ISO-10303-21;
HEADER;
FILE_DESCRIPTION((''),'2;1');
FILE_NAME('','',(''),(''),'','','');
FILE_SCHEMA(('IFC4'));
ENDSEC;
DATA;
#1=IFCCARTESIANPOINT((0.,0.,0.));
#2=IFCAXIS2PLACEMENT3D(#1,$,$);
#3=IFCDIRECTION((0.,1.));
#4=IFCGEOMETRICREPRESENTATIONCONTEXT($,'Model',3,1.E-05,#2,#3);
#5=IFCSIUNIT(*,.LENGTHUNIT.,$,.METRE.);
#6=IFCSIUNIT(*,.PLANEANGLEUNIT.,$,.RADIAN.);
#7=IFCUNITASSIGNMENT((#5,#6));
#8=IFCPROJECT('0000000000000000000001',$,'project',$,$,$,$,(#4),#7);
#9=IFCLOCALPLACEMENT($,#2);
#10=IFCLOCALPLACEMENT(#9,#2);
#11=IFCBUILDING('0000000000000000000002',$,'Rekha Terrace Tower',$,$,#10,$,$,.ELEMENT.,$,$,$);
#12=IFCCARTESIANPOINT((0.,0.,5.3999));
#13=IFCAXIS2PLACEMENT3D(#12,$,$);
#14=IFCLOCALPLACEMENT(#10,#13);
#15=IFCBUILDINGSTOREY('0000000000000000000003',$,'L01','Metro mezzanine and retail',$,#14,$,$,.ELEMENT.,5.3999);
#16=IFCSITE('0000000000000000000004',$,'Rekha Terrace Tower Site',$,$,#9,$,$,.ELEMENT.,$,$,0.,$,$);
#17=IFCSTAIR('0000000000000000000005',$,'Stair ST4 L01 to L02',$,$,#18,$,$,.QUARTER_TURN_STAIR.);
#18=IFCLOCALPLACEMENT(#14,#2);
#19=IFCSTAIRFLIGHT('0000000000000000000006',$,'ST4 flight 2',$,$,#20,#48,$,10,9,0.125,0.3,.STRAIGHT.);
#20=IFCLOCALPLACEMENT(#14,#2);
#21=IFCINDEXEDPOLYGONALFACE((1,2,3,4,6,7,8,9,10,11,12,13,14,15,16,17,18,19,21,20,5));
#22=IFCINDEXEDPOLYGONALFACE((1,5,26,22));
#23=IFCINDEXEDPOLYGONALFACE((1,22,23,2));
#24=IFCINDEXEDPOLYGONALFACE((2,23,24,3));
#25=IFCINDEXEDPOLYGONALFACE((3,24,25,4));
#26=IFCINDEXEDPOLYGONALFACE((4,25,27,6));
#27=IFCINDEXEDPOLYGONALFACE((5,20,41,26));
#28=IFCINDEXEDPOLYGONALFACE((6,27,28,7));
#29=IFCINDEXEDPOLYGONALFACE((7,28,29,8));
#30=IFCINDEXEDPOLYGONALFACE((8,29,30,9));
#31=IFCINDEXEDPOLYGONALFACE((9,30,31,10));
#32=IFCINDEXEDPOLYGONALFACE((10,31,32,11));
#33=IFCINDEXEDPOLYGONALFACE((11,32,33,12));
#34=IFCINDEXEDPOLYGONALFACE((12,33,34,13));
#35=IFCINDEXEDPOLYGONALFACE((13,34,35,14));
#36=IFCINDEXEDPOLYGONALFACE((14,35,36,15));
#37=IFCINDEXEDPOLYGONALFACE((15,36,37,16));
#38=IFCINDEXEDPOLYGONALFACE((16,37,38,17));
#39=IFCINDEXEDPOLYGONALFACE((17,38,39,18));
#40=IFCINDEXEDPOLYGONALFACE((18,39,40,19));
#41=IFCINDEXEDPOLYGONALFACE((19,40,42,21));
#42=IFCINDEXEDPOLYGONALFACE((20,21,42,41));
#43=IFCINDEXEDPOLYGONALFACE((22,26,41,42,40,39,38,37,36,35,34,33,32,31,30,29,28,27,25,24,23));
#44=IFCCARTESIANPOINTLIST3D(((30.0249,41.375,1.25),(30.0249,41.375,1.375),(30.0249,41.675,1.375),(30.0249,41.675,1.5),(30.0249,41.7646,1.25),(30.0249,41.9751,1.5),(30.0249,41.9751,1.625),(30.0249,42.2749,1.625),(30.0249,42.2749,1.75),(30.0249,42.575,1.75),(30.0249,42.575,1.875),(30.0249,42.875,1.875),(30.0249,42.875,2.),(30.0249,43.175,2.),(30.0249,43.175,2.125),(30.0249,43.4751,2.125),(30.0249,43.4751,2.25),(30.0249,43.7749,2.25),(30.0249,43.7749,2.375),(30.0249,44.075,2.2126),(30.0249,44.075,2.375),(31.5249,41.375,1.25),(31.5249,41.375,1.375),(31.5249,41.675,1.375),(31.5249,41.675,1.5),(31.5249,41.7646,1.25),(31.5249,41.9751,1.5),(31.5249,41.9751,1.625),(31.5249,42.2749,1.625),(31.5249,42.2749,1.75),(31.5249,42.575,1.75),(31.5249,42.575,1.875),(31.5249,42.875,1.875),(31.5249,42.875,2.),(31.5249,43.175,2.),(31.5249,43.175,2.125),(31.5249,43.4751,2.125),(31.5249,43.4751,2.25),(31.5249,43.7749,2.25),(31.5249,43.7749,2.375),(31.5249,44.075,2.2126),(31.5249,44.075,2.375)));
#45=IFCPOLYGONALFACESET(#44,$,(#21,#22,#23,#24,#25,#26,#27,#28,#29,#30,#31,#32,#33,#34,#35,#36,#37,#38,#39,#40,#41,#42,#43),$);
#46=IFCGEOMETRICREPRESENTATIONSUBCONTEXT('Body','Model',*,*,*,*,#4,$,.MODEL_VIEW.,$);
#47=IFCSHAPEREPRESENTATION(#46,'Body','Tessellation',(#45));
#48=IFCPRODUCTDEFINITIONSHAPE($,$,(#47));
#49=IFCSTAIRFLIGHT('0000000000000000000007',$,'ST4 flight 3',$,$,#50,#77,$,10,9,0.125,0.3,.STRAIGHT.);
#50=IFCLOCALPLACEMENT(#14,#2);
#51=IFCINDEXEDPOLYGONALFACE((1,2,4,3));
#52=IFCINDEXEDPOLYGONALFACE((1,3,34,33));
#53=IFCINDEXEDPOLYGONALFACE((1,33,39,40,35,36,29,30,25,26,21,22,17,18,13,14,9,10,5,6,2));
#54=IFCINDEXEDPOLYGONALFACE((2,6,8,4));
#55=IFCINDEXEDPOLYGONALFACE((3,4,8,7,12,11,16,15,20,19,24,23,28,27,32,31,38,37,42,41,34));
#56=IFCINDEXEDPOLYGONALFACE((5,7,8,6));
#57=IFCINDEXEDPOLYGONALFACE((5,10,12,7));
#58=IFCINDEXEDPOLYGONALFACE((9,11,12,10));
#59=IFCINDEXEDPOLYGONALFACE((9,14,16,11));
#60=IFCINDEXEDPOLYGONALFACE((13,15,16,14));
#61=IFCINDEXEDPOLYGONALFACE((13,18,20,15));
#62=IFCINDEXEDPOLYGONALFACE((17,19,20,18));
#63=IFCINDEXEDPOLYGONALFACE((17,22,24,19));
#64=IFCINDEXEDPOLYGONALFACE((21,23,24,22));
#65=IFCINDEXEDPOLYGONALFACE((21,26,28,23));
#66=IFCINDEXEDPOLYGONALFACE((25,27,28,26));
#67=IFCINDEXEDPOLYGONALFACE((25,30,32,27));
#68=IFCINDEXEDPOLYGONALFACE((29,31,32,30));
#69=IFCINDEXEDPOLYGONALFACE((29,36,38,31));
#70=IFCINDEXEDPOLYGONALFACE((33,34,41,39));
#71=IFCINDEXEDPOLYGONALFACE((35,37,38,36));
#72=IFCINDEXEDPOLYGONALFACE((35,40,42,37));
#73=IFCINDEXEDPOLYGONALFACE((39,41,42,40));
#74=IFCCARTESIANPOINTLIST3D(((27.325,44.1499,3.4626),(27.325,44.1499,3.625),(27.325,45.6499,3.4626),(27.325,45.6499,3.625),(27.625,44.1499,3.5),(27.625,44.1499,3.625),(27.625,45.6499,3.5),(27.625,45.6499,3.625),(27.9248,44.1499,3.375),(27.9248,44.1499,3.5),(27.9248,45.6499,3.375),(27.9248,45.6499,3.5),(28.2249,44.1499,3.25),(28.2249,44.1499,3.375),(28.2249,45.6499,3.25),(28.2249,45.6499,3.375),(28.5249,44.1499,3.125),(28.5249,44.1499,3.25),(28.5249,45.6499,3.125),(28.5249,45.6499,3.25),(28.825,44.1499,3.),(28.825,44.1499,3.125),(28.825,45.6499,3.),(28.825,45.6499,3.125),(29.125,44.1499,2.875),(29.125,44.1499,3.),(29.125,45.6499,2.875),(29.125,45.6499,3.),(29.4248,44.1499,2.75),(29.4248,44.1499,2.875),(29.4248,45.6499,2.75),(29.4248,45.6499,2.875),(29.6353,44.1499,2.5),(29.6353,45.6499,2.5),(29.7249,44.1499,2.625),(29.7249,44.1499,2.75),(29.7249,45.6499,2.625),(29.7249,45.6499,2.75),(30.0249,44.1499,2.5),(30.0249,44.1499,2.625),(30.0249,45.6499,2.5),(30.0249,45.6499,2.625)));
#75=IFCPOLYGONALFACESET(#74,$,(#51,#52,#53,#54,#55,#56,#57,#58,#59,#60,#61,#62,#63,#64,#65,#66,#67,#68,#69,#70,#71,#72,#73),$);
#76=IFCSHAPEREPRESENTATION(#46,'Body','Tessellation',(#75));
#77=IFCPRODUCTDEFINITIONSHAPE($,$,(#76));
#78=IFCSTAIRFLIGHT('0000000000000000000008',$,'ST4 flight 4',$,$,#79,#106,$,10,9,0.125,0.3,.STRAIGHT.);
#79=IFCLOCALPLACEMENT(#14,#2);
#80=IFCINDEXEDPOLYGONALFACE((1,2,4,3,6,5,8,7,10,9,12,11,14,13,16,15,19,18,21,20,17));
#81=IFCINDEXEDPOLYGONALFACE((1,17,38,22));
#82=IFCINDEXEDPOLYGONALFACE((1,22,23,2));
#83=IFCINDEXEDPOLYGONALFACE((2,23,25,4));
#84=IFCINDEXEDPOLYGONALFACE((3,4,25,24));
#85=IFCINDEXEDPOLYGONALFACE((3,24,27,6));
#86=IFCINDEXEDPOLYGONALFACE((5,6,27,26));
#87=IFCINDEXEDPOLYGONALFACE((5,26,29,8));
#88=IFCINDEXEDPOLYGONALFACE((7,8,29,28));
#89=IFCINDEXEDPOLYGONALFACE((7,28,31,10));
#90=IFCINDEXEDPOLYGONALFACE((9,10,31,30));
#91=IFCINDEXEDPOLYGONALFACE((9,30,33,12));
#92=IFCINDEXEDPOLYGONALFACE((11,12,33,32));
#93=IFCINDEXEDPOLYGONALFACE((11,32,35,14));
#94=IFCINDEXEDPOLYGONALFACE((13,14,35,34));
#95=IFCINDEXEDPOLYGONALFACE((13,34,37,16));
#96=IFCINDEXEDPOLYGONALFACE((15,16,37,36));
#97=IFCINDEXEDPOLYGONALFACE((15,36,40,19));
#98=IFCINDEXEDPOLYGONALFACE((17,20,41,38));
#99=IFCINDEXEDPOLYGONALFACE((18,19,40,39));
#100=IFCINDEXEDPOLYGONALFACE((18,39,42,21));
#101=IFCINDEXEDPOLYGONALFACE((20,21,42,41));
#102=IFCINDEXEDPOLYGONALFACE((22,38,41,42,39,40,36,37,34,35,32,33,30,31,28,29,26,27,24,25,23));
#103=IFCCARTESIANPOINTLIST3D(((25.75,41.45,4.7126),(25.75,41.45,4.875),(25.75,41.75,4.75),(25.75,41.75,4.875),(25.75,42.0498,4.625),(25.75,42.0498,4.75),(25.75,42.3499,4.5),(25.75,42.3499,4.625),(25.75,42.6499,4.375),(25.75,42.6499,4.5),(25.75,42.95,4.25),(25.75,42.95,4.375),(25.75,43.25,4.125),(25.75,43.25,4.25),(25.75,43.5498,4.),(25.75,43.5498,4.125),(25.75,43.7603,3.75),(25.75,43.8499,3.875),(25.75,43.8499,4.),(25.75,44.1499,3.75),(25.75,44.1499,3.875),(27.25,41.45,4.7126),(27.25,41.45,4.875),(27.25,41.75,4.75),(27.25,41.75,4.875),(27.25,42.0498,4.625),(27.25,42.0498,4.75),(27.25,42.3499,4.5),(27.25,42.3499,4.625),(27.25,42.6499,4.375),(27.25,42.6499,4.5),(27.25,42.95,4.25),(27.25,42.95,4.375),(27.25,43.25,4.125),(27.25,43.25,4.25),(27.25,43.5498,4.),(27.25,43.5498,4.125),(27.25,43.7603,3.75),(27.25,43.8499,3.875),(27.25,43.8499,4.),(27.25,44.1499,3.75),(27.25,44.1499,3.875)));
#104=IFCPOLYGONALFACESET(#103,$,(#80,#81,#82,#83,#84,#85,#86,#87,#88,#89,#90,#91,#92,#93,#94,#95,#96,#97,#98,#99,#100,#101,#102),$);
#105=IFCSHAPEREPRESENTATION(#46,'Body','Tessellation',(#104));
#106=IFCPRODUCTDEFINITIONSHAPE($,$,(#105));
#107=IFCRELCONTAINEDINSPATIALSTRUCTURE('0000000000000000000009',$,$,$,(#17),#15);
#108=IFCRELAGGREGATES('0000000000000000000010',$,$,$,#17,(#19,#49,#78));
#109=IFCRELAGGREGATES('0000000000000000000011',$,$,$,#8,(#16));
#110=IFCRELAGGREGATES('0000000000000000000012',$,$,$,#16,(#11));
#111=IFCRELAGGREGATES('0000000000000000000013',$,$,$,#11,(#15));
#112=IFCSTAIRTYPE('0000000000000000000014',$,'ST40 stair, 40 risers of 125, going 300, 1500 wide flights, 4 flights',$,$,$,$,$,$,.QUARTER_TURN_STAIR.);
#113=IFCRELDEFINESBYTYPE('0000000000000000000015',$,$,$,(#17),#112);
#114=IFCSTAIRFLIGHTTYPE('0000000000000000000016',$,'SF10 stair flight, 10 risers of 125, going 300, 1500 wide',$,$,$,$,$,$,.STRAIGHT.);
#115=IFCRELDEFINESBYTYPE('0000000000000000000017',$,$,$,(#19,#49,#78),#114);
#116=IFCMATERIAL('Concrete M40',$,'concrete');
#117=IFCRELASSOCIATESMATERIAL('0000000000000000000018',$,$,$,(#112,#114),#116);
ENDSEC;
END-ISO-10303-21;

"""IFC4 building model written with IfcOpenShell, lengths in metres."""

from ifc_helpers import new_model, si_unit, direction, frame, origin, place, context, subcontext, project, spatial, polyline, outline, extrude, material, type_object, element, aggregate, save


model = new_model("IFC4")

# Units and contexts
model_context = context("Model", 3, precision=1e-05, world=origin(), true_north=direction((0.0, 1.0)))
body_context = subcontext(model_context, "Body", "Model", "MODEL_VIEW")
ifc_project = project(units=[si_unit("LENGTHUNIT", "METRE"), si_unit("PLANEANGLEUNIT", "RADIAN")], contexts=[model_context])

# Site, building, storey
site_placement = place(None, origin())
site = spatial("IfcSite", under=ifc_project, at=site_placement, Name="Rekha Terrace Tower Site", CompositionType="ELEMENT", RefElevation=0.0)
building_placement = place(site_placement, origin())
building = spatial("IfcBuilding", under=site, at=building_placement, Name="Rekha Terrace Tower", CompositionType="ELEMENT")
storey_placement = place(building_placement, frame((0.0, 0.0, 5.3999)))
storey = spatial("IfcBuildingStorey", under=building, at=storey_placement, Name="L01", Description="Metro mezzanine and retail", CompositionType="ELEMENT", Elevation=5.3999)

# Stair, stair flights
ifc_material_1 = material(Name="Concrete M40", Category="concrete")
stair_type = type_object("IfcStairType", Name="ST40 stair, 40 risers of 125, going 300, 1500 wide flights, 4 flights", PredefinedType="QUARTER_TURN_STAIR", material=ifc_material_1)
stair_placement = place(storey_placement, origin())
stair = element("IfcStair", 1, at=stair_placement, inside=storey, type_object=stair_type, Name="Stair ST4 L01 to L02", PredefinedType="QUARTER_TURN_STAIR")
stair_flight_type = type_object("IfcStairFlightType", Name="SF10 stair flight, 10 risers of 125, going 300, 1500 wide", PredefinedType="STRAIGHT", material=ifc_material_1)
stair_flight_1_placement = place(storey_placement, frame((30.7749, 41.375, 1.25), z_axis=(0.0, 0.0, 1.0), x_axis=(0.0, 1.0, 0.0)))
stair_flight_1 = element("IfcStairFlight", 2, at=stair_flight_1_placement, type_object=stair_flight_type, Name="ST4 flight 2", NumberOfRisers=10, NumberOfTreads=9, PredefinedType="STRAIGHT", RiserHeight=0.125, TreadLength=0.3, context=body_context, shape_type="SweptSolid", body=[
    extrude(outline(polyline([(0.0, 0.0), (0.0, 0.125), (0.3, 0.125), (0.3, 0.25), (0.6001, 0.25), (0.6001, 0.375), (0.8999, 0.375), (0.8999, 0.5), (1.2, 0.5), (1.2, 0.625), (1.5, 0.625), (1.5, 0.75), (1.8, 0.75), (1.8, 0.875), (2.1001, 0.875), (2.1001, 1.0), (2.3999, 1.0), (2.3999, 1.125), (2.7, 1.125), (2.7, 1.25), (2.7, 0.9626), (0.3896, 0.0), (0.0, 0.0)])), frame((0.0, 0.75, 0.0), z_axis=(0.0, -1.0, 0.0), x_axis=(1.0, 0.0, 0.0)), (0.0, 0.0, 1.0), 1.5),
])
stair_flight_2_placement = place(storey_placement, frame((30.0249, 44.8999, 2.5), z_axis=(0.0, 0.0, 1.0), x_axis=(-1.0, 0.0, 0.0)))
stair_flight_2 = element("IfcStairFlight", 3, at=stair_flight_2_placement, type_object=stair_flight_type, Name="ST4 flight 3", NumberOfRisers=10, NumberOfTreads=9, PredefinedType="STRAIGHT", RiserHeight=0.125, TreadLength=0.3, context=body_context, shape_type="SweptSolid", body=[
    extrude(outline(polyline([(0.0, 0.0), (0.0, 0.125), (0.3, 0.125), (0.3, 0.25), (0.6001, 0.25), (0.6001, 0.375), (0.8999, 0.375), (0.8999, 0.5), (1.2, 0.5), (1.2, 0.625), (1.5, 0.625), (1.5, 0.75), (1.8, 0.75), (1.8, 0.875), (2.1001, 0.875), (2.1001, 1.0), (2.3999, 1.0), (2.3999, 1.125), (2.7, 1.125), (2.7, 1.25), (2.7, 0.9626), (0.3896, 0.0), (0.0, 0.0)])), frame((0.0, 0.75, 0.0), z_axis=(0.0, -1.0, 0.0), x_axis=(1.0, 0.0, 0.0)), (0.0, 0.0, 1.0), 1.5),
])
stair_flight_3_placement = place(storey_placement, frame((26.5, 44.1499, 3.75), z_axis=(0.0, 0.0, 1.0), x_axis=(0.0, -1.0, 0.0)))
stair_flight_3 = element("IfcStairFlight", 4, at=stair_flight_3_placement, type_object=stair_flight_type, Name="ST4 flight 4", NumberOfRisers=10, NumberOfTreads=9, PredefinedType="STRAIGHT", RiserHeight=0.125, TreadLength=0.3, context=body_context, shape_type="SweptSolid", body=[
    extrude(outline(polyline([(0.0, 0.0), (0.0, 0.125), (0.3, 0.125), (0.3, 0.25), (0.6001, 0.25), (0.6001, 0.375), (0.8999, 0.375), (0.8999, 0.5), (1.2, 0.5), (1.2, 0.625), (1.5, 0.625), (1.5, 0.75), (1.8, 0.75), (1.8, 0.875), (2.1001, 0.875), (2.1001, 1.0), (2.3999, 1.0), (2.3999, 1.125), (2.7, 1.125), (2.7, 1.25), (2.7, 0.9626), (0.3896, 0.0), (0.0, 0.0)])), frame((0.0, 0.75, 0.0), z_axis=(0.0, -1.0, 0.0), x_axis=(1.0, 0.0, 0.0)), (0.0, 0.0, 1.0), 1.5),
])
aggregate(stair, [stair_flight_1, stair_flight_2, stair_flight_3])

save(model, "model.ifc")
